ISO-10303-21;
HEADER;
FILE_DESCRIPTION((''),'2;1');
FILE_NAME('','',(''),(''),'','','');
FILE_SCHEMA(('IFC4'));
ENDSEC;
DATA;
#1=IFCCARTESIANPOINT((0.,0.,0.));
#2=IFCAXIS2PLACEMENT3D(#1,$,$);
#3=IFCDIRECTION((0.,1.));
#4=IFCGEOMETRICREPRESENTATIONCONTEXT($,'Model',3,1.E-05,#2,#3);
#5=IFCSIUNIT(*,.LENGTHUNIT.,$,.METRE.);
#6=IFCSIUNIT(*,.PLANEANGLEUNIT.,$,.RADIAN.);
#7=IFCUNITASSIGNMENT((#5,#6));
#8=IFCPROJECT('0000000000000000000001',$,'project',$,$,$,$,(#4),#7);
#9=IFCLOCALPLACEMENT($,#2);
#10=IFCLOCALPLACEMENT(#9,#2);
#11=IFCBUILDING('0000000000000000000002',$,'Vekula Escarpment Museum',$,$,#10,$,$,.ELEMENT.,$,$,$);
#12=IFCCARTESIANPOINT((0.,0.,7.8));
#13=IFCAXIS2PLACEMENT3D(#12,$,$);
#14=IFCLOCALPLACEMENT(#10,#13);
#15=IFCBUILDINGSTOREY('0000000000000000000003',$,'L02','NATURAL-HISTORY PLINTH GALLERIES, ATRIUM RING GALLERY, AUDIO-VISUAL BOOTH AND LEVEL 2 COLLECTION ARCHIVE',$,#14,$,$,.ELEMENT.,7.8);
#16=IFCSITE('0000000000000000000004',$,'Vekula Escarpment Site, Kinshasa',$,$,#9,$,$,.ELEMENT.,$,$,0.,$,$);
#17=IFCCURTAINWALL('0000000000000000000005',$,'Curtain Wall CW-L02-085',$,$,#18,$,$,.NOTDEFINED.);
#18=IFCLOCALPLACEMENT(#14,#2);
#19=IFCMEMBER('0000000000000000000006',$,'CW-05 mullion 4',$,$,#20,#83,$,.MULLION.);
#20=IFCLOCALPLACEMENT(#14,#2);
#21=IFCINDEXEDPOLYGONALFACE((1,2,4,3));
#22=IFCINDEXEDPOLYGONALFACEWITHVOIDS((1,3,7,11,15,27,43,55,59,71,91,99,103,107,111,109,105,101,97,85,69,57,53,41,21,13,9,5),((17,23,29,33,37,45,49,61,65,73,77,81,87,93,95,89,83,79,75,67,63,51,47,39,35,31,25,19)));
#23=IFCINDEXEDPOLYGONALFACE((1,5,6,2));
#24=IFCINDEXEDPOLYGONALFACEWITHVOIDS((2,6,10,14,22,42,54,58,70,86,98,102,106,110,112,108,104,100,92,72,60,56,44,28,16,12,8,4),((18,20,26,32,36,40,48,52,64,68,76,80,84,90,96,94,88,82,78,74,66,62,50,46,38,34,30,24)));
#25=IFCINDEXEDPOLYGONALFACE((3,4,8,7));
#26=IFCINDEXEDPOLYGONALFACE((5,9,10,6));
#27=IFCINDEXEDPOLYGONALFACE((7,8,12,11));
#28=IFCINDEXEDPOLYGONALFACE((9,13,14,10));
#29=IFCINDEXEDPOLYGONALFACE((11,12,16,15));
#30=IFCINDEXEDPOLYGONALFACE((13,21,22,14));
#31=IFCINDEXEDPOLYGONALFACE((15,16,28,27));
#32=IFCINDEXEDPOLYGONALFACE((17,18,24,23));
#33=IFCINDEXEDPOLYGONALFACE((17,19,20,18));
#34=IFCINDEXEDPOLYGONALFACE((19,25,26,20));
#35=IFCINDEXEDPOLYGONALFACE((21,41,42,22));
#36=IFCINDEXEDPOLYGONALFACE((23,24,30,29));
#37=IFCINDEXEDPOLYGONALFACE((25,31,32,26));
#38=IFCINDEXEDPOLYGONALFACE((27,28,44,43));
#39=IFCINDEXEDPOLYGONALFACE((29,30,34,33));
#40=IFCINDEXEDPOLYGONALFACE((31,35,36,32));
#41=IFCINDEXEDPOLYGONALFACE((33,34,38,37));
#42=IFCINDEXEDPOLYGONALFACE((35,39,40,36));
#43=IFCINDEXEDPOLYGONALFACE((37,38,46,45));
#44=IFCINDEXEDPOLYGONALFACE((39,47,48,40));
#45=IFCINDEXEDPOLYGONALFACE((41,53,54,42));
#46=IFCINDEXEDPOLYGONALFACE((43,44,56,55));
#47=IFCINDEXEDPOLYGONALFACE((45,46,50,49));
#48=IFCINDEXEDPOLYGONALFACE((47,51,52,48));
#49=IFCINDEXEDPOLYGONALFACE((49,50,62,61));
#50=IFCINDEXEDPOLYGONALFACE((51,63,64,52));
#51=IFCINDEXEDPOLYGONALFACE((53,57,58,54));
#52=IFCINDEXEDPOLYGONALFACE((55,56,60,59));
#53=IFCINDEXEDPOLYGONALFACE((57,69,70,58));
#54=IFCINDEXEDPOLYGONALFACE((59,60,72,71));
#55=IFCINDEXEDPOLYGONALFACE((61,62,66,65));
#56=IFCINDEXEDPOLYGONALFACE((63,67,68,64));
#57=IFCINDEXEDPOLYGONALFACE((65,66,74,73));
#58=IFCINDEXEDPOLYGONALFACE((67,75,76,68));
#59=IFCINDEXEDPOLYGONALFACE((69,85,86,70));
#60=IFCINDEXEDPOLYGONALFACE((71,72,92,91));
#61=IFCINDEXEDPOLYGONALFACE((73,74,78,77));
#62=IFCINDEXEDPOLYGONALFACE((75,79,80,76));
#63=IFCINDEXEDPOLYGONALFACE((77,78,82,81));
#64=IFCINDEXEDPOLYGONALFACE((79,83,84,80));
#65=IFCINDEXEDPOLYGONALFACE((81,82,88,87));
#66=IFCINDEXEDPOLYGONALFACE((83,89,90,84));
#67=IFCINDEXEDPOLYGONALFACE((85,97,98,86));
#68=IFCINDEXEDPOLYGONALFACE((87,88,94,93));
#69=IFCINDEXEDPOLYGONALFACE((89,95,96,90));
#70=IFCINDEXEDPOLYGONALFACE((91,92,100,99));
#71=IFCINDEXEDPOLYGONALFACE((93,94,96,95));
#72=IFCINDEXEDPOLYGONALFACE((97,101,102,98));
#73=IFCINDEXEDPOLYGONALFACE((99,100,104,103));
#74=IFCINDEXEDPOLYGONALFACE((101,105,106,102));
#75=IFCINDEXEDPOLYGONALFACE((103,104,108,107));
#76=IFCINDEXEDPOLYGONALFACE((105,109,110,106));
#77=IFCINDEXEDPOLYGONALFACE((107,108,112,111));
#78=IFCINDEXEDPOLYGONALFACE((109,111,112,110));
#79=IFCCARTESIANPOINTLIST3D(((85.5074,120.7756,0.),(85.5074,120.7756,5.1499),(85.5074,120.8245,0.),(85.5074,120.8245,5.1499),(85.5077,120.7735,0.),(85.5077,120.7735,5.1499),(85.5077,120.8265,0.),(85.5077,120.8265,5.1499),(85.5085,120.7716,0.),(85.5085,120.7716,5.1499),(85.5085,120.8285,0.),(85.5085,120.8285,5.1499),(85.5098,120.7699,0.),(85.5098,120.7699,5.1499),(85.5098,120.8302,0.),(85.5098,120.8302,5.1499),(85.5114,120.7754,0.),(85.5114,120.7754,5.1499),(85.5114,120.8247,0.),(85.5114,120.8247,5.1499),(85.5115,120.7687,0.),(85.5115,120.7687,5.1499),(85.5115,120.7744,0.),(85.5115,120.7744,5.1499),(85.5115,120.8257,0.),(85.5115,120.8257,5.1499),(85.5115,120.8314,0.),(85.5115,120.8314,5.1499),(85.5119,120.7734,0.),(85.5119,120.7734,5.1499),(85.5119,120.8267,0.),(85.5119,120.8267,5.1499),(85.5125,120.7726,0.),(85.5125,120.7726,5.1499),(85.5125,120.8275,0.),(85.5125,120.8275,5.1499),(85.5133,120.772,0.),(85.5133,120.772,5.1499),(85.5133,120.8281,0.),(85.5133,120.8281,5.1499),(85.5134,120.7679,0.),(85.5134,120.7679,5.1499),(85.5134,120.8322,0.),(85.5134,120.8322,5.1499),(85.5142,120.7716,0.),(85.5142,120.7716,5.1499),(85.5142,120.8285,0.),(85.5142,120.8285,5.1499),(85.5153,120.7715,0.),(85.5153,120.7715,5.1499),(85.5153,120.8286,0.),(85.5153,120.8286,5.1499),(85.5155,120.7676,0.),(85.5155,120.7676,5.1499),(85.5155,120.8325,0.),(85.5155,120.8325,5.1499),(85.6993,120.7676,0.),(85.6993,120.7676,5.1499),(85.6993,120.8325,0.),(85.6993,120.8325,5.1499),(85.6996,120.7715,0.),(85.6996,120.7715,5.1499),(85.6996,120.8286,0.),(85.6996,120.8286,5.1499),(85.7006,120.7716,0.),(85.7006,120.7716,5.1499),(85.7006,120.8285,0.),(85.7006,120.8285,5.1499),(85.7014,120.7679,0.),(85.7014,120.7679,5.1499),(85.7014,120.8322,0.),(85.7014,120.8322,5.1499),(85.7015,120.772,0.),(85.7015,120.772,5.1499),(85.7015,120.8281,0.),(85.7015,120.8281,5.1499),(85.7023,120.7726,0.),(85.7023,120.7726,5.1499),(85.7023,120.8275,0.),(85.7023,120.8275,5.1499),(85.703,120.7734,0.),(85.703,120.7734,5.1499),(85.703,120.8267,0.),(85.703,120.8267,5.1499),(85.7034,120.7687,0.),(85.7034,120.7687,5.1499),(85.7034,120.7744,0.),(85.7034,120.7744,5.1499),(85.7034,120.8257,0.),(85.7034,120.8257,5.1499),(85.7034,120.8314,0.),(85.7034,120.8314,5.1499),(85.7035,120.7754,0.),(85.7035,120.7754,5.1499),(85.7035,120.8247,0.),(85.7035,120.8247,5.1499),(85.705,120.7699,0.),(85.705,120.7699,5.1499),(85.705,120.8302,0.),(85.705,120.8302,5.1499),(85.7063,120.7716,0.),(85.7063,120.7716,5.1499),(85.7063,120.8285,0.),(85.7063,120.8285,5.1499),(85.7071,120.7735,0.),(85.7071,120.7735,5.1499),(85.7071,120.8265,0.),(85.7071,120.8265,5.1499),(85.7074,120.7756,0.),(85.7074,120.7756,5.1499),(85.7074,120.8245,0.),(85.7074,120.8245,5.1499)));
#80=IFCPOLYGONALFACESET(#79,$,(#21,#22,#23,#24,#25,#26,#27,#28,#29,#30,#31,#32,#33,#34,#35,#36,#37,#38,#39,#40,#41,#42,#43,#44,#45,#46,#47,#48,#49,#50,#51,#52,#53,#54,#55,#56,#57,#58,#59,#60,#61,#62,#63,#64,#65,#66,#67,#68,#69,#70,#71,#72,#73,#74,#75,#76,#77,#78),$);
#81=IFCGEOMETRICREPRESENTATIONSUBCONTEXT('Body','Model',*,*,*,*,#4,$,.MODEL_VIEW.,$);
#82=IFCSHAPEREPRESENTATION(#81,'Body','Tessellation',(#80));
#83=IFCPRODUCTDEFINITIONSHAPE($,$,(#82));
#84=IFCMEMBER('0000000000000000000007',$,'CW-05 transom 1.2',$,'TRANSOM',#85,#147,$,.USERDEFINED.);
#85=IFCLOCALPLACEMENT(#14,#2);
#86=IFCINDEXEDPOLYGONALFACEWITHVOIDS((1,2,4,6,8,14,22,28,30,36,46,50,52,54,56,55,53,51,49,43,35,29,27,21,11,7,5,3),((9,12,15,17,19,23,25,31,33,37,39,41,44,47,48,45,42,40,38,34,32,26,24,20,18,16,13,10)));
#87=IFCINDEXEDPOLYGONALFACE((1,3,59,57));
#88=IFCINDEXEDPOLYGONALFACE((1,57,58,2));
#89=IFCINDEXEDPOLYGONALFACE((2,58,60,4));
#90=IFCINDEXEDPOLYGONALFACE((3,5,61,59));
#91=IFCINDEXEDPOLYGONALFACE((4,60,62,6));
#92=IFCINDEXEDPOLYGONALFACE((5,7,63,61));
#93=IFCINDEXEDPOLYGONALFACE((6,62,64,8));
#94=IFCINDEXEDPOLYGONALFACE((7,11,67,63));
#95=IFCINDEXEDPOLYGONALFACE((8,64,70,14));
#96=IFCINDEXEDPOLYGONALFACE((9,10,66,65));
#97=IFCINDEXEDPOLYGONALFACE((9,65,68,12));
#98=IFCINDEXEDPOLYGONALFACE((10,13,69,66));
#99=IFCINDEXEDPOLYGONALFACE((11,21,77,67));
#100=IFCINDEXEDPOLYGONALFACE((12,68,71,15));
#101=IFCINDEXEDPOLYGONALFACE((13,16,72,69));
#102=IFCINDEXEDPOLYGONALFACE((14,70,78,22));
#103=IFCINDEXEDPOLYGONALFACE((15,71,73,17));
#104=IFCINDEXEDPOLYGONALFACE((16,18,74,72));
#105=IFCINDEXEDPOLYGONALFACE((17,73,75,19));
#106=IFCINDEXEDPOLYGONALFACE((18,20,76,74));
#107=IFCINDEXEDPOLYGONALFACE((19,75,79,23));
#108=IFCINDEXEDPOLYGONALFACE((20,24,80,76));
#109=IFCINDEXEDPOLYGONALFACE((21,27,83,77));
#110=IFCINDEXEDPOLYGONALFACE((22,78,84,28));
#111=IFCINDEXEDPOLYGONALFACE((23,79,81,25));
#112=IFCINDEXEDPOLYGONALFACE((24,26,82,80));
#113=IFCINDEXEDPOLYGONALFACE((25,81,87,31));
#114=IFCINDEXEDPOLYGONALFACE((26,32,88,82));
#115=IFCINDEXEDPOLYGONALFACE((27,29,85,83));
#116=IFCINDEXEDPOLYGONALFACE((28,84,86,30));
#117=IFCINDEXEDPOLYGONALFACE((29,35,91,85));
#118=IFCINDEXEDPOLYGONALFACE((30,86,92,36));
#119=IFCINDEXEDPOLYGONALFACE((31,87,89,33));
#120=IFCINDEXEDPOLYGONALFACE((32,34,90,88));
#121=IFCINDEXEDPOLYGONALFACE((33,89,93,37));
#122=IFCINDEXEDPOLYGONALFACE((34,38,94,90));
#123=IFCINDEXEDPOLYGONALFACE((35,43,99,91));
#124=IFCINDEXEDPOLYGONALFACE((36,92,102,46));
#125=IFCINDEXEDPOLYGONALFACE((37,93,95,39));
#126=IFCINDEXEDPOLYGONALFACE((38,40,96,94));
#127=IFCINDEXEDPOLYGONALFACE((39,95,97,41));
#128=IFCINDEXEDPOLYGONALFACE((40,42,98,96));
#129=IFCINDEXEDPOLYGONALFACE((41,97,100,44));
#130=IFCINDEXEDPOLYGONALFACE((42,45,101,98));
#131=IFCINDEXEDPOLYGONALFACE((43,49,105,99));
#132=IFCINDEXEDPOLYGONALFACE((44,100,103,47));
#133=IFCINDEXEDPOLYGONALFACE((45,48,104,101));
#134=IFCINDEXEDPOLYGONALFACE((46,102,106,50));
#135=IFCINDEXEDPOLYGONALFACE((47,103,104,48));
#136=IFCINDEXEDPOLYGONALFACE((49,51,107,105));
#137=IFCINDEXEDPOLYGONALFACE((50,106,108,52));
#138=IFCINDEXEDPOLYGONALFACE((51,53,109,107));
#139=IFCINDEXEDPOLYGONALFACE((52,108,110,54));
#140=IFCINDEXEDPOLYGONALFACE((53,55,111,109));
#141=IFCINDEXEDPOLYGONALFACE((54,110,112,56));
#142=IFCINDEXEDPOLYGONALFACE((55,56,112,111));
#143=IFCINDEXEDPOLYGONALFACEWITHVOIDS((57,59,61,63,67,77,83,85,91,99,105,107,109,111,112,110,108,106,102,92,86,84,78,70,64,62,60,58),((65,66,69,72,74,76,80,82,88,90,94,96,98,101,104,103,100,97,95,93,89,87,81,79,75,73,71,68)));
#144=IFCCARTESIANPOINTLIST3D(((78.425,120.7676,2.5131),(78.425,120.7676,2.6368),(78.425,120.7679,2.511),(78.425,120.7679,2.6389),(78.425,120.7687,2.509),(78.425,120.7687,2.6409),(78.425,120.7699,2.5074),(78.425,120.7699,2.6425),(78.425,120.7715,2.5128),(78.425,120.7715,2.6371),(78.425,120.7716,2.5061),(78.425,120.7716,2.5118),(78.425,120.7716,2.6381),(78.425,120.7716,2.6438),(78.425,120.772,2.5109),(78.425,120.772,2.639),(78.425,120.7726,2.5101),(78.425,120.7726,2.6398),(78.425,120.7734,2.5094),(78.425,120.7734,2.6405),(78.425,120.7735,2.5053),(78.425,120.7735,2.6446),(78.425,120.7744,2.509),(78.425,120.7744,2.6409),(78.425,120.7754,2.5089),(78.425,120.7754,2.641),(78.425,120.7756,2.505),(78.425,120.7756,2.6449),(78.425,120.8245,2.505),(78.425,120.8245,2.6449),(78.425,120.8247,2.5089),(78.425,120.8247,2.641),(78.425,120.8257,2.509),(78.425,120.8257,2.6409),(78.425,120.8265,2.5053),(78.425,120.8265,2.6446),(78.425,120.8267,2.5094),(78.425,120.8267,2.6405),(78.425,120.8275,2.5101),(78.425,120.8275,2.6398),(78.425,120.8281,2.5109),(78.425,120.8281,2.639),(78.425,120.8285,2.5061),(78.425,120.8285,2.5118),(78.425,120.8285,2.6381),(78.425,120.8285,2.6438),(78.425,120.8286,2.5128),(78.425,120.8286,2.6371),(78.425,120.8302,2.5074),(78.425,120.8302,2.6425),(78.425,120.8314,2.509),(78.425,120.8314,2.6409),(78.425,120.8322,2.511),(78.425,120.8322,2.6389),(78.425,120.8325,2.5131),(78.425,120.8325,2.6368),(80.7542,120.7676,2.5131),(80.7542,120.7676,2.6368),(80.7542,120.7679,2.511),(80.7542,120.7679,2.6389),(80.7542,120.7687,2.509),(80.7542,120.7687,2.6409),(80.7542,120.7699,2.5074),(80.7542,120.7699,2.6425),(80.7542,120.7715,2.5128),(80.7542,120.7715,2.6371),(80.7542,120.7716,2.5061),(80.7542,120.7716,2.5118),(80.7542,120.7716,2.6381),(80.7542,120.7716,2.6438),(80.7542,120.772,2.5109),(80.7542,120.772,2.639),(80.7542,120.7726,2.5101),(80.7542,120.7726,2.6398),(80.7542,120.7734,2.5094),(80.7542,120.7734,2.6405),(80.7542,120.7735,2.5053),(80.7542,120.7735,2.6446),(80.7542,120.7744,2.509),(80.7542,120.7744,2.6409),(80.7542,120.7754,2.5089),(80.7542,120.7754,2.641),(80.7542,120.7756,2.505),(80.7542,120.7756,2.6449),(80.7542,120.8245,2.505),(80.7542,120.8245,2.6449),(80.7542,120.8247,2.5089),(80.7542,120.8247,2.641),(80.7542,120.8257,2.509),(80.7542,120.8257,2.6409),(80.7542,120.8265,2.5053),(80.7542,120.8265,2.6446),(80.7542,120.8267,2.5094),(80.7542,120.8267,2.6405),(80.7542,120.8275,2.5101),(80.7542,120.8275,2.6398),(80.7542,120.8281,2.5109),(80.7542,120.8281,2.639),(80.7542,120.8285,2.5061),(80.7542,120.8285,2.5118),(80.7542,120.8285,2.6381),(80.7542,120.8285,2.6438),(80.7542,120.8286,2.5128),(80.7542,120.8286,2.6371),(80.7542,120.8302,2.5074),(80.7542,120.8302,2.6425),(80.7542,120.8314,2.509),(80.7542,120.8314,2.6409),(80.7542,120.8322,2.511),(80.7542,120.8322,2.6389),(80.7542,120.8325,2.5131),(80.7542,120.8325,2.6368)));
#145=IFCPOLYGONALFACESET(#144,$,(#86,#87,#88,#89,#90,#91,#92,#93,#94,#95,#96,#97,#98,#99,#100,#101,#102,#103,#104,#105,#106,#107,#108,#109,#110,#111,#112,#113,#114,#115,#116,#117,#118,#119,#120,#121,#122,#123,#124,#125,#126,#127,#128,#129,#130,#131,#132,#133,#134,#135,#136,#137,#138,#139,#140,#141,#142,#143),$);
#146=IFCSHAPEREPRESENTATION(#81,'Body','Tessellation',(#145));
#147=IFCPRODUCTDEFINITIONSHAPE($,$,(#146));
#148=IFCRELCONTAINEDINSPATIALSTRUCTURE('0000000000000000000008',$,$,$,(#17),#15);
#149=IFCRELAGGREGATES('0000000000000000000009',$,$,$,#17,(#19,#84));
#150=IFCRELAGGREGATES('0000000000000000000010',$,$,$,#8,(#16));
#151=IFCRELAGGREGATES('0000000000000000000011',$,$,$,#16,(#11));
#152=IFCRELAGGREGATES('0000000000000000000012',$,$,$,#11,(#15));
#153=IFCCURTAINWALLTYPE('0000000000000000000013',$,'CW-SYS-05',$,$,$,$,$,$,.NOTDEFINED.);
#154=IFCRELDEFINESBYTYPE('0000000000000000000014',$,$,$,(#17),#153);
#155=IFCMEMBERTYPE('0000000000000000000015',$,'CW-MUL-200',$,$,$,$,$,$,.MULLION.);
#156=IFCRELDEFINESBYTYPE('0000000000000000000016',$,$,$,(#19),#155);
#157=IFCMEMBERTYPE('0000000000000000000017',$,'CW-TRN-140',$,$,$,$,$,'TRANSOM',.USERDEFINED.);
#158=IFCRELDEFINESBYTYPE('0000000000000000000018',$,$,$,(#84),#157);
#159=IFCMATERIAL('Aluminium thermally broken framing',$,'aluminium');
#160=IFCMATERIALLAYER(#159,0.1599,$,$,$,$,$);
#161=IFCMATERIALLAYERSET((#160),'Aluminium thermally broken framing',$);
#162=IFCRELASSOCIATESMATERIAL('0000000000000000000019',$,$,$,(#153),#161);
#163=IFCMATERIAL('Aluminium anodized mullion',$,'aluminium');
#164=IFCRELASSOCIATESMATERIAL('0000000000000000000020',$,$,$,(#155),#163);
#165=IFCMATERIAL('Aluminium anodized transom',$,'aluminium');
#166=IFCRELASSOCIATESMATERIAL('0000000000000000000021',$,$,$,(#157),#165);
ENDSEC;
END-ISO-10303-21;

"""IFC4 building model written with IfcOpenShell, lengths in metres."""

from ifc_helpers import new_model, si_unit, direction, frame, origin, origin_2d, place, context, subcontext, project, spatial, hollow_rectangle, extrude, material, layer, layer_set, material_profile, profile_set, type_object, element, aggregate, save


model = new_model("IFC4")

# Units and contexts
model_context = context("Model", 3, precision=1e-05, world=origin(), true_north=direction((0.0, 1.0)))
body_context = subcontext(model_context, "Body", "Model", "MODEL_VIEW")
ifc_project = project(units=[si_unit("LENGTHUNIT", "METRE"), si_unit("PLANEANGLEUNIT", "RADIAN")], contexts=[model_context])

# Site, building, storey
site_placement = place(None, origin())
site = spatial("IfcSite", under=ifc_project, at=site_placement, Name="Vekula Escarpment Site, Kinshasa", CompositionType="ELEMENT", RefElevation=0.0)
building_placement = place(site_placement, origin())
building = spatial("IfcBuilding", under=site, at=building_placement, Name="Vekula Escarpment Museum", CompositionType="ELEMENT")
storey_placement = place(building_placement, frame((0.0, 0.0, 7.8)))
storey = spatial("IfcBuildingStorey", under=building, at=storey_placement, Name="L02", Description="NATURAL-HISTORY PLINTH GALLERIES, ATRIUM RING GALLERY, AUDIO-VISUAL BOOTH AND LEVEL 2 COLLECTION ARCHIVE", CompositionType="ELEMENT", Elevation=7.8)

# Curtain wall, members
ifc_material_1 = material(Name="Aluminium thermally broken framing", Category="aluminium")
ifc_layer_1 = layer(ifc_material_1, 0.1599)
ifc_layer_set_1 = layer_set([ifc_layer_1], Name="Aluminium thermally broken framing")
curtain_wall_type = type_object("IfcCurtainWallType", Name="CW-SYS-05", PredefinedType="NOTDEFINED", material=ifc_layer_set_1)
curtain_wall_placement = place(storey_placement, origin())
curtain_wall = element("IfcCurtainWall", 1, at=curtain_wall_placement, inside=storey, type_object=curtain_wall_type, Name="Curtain Wall CW-L02-085", PredefinedType="NOTDEFINED")
ifc_material_2 = material(Name="Aluminium anodized mullion", Category="aluminium")
ifc_material_profile_1 = material_profile(ifc_material_2, hollow_rectangle(XDim=0.0649, YDim=0.2, WallThickness=0.0039, InnerFilletRadius=0.0039, OuterFilletRadius=0.0081, at=origin_2d()), Name="ALU 200x65x4")
ifc_profile_set_1 = profile_set([ifc_material_profile_1], Name="Aluminium anodized mullion")
member_type_1 = type_object("IfcMemberType", Name="CW-MUL-200", PredefinedType="MULLION", material=ifc_profile_set_1)
member_1_placement = place(storey_placement, frame((85.6074, 120.8, 0.0), z_axis=(0.0, 0.0, 1.0), x_axis=(0.0, 1.0, 0.0)))
member_1 = element("IfcMember", 2, at=member_1_placement, type_object=member_type_1, Name="CW-05 mullion 4", PredefinedType="MULLION", context=body_context, shape_type="SweptSolid", body=[
    extrude(hollow_rectangle(XDim=0.0649, YDim=0.2, WallThickness=0.0039, InnerFilletRadius=0.0039, OuterFilletRadius=0.0081, at=origin_2d()), origin(), (0.0, 0.0, 1.0), 5.1499),
])
ifc_material_3 = material(Name="Aluminium anodized transom", Category="aluminium")
ifc_material_profile_2 = material_profile(ifc_material_3, hollow_rectangle(XDim=0.0649, YDim=0.1399, WallThickness=0.0039, InnerFilletRadius=0.0039, OuterFilletRadius=0.0081, at=origin_2d()), Name="ALU 140x65x4")
ifc_profile_set_2 = profile_set([ifc_material_profile_2], Name="Aluminium anodized transom")
member_type_2 = type_object("IfcMemberType", Name="CW-TRN-140", ElementType="TRANSOM", PredefinedType="USERDEFINED", material=ifc_profile_set_2)
member_2_placement = place(storey_placement, frame((78.425, 120.8, 2.575), z_axis=(1.0, 0.0, 0.0), x_axis=(0.0, 1.0, 0.0)))
member_2 = element("IfcMember", 3, at=member_2_placement, type_object=member_type_2, Name="CW-05 transom 1.2", ObjectType="TRANSOM", PredefinedType="USERDEFINED", context=body_context, shape_type="SweptSolid", body=[
    extrude(hollow_rectangle(XDim=0.0649, YDim=0.1399, WallThickness=0.0039, InnerFilletRadius=0.0039, OuterFilletRadius=0.0081, at=origin_2d()), origin(), (0.0, 0.0, 1.0), 2.3291),
])
aggregate(curtain_wall, [member_1, member_2])

save(model, "model.ifc")
